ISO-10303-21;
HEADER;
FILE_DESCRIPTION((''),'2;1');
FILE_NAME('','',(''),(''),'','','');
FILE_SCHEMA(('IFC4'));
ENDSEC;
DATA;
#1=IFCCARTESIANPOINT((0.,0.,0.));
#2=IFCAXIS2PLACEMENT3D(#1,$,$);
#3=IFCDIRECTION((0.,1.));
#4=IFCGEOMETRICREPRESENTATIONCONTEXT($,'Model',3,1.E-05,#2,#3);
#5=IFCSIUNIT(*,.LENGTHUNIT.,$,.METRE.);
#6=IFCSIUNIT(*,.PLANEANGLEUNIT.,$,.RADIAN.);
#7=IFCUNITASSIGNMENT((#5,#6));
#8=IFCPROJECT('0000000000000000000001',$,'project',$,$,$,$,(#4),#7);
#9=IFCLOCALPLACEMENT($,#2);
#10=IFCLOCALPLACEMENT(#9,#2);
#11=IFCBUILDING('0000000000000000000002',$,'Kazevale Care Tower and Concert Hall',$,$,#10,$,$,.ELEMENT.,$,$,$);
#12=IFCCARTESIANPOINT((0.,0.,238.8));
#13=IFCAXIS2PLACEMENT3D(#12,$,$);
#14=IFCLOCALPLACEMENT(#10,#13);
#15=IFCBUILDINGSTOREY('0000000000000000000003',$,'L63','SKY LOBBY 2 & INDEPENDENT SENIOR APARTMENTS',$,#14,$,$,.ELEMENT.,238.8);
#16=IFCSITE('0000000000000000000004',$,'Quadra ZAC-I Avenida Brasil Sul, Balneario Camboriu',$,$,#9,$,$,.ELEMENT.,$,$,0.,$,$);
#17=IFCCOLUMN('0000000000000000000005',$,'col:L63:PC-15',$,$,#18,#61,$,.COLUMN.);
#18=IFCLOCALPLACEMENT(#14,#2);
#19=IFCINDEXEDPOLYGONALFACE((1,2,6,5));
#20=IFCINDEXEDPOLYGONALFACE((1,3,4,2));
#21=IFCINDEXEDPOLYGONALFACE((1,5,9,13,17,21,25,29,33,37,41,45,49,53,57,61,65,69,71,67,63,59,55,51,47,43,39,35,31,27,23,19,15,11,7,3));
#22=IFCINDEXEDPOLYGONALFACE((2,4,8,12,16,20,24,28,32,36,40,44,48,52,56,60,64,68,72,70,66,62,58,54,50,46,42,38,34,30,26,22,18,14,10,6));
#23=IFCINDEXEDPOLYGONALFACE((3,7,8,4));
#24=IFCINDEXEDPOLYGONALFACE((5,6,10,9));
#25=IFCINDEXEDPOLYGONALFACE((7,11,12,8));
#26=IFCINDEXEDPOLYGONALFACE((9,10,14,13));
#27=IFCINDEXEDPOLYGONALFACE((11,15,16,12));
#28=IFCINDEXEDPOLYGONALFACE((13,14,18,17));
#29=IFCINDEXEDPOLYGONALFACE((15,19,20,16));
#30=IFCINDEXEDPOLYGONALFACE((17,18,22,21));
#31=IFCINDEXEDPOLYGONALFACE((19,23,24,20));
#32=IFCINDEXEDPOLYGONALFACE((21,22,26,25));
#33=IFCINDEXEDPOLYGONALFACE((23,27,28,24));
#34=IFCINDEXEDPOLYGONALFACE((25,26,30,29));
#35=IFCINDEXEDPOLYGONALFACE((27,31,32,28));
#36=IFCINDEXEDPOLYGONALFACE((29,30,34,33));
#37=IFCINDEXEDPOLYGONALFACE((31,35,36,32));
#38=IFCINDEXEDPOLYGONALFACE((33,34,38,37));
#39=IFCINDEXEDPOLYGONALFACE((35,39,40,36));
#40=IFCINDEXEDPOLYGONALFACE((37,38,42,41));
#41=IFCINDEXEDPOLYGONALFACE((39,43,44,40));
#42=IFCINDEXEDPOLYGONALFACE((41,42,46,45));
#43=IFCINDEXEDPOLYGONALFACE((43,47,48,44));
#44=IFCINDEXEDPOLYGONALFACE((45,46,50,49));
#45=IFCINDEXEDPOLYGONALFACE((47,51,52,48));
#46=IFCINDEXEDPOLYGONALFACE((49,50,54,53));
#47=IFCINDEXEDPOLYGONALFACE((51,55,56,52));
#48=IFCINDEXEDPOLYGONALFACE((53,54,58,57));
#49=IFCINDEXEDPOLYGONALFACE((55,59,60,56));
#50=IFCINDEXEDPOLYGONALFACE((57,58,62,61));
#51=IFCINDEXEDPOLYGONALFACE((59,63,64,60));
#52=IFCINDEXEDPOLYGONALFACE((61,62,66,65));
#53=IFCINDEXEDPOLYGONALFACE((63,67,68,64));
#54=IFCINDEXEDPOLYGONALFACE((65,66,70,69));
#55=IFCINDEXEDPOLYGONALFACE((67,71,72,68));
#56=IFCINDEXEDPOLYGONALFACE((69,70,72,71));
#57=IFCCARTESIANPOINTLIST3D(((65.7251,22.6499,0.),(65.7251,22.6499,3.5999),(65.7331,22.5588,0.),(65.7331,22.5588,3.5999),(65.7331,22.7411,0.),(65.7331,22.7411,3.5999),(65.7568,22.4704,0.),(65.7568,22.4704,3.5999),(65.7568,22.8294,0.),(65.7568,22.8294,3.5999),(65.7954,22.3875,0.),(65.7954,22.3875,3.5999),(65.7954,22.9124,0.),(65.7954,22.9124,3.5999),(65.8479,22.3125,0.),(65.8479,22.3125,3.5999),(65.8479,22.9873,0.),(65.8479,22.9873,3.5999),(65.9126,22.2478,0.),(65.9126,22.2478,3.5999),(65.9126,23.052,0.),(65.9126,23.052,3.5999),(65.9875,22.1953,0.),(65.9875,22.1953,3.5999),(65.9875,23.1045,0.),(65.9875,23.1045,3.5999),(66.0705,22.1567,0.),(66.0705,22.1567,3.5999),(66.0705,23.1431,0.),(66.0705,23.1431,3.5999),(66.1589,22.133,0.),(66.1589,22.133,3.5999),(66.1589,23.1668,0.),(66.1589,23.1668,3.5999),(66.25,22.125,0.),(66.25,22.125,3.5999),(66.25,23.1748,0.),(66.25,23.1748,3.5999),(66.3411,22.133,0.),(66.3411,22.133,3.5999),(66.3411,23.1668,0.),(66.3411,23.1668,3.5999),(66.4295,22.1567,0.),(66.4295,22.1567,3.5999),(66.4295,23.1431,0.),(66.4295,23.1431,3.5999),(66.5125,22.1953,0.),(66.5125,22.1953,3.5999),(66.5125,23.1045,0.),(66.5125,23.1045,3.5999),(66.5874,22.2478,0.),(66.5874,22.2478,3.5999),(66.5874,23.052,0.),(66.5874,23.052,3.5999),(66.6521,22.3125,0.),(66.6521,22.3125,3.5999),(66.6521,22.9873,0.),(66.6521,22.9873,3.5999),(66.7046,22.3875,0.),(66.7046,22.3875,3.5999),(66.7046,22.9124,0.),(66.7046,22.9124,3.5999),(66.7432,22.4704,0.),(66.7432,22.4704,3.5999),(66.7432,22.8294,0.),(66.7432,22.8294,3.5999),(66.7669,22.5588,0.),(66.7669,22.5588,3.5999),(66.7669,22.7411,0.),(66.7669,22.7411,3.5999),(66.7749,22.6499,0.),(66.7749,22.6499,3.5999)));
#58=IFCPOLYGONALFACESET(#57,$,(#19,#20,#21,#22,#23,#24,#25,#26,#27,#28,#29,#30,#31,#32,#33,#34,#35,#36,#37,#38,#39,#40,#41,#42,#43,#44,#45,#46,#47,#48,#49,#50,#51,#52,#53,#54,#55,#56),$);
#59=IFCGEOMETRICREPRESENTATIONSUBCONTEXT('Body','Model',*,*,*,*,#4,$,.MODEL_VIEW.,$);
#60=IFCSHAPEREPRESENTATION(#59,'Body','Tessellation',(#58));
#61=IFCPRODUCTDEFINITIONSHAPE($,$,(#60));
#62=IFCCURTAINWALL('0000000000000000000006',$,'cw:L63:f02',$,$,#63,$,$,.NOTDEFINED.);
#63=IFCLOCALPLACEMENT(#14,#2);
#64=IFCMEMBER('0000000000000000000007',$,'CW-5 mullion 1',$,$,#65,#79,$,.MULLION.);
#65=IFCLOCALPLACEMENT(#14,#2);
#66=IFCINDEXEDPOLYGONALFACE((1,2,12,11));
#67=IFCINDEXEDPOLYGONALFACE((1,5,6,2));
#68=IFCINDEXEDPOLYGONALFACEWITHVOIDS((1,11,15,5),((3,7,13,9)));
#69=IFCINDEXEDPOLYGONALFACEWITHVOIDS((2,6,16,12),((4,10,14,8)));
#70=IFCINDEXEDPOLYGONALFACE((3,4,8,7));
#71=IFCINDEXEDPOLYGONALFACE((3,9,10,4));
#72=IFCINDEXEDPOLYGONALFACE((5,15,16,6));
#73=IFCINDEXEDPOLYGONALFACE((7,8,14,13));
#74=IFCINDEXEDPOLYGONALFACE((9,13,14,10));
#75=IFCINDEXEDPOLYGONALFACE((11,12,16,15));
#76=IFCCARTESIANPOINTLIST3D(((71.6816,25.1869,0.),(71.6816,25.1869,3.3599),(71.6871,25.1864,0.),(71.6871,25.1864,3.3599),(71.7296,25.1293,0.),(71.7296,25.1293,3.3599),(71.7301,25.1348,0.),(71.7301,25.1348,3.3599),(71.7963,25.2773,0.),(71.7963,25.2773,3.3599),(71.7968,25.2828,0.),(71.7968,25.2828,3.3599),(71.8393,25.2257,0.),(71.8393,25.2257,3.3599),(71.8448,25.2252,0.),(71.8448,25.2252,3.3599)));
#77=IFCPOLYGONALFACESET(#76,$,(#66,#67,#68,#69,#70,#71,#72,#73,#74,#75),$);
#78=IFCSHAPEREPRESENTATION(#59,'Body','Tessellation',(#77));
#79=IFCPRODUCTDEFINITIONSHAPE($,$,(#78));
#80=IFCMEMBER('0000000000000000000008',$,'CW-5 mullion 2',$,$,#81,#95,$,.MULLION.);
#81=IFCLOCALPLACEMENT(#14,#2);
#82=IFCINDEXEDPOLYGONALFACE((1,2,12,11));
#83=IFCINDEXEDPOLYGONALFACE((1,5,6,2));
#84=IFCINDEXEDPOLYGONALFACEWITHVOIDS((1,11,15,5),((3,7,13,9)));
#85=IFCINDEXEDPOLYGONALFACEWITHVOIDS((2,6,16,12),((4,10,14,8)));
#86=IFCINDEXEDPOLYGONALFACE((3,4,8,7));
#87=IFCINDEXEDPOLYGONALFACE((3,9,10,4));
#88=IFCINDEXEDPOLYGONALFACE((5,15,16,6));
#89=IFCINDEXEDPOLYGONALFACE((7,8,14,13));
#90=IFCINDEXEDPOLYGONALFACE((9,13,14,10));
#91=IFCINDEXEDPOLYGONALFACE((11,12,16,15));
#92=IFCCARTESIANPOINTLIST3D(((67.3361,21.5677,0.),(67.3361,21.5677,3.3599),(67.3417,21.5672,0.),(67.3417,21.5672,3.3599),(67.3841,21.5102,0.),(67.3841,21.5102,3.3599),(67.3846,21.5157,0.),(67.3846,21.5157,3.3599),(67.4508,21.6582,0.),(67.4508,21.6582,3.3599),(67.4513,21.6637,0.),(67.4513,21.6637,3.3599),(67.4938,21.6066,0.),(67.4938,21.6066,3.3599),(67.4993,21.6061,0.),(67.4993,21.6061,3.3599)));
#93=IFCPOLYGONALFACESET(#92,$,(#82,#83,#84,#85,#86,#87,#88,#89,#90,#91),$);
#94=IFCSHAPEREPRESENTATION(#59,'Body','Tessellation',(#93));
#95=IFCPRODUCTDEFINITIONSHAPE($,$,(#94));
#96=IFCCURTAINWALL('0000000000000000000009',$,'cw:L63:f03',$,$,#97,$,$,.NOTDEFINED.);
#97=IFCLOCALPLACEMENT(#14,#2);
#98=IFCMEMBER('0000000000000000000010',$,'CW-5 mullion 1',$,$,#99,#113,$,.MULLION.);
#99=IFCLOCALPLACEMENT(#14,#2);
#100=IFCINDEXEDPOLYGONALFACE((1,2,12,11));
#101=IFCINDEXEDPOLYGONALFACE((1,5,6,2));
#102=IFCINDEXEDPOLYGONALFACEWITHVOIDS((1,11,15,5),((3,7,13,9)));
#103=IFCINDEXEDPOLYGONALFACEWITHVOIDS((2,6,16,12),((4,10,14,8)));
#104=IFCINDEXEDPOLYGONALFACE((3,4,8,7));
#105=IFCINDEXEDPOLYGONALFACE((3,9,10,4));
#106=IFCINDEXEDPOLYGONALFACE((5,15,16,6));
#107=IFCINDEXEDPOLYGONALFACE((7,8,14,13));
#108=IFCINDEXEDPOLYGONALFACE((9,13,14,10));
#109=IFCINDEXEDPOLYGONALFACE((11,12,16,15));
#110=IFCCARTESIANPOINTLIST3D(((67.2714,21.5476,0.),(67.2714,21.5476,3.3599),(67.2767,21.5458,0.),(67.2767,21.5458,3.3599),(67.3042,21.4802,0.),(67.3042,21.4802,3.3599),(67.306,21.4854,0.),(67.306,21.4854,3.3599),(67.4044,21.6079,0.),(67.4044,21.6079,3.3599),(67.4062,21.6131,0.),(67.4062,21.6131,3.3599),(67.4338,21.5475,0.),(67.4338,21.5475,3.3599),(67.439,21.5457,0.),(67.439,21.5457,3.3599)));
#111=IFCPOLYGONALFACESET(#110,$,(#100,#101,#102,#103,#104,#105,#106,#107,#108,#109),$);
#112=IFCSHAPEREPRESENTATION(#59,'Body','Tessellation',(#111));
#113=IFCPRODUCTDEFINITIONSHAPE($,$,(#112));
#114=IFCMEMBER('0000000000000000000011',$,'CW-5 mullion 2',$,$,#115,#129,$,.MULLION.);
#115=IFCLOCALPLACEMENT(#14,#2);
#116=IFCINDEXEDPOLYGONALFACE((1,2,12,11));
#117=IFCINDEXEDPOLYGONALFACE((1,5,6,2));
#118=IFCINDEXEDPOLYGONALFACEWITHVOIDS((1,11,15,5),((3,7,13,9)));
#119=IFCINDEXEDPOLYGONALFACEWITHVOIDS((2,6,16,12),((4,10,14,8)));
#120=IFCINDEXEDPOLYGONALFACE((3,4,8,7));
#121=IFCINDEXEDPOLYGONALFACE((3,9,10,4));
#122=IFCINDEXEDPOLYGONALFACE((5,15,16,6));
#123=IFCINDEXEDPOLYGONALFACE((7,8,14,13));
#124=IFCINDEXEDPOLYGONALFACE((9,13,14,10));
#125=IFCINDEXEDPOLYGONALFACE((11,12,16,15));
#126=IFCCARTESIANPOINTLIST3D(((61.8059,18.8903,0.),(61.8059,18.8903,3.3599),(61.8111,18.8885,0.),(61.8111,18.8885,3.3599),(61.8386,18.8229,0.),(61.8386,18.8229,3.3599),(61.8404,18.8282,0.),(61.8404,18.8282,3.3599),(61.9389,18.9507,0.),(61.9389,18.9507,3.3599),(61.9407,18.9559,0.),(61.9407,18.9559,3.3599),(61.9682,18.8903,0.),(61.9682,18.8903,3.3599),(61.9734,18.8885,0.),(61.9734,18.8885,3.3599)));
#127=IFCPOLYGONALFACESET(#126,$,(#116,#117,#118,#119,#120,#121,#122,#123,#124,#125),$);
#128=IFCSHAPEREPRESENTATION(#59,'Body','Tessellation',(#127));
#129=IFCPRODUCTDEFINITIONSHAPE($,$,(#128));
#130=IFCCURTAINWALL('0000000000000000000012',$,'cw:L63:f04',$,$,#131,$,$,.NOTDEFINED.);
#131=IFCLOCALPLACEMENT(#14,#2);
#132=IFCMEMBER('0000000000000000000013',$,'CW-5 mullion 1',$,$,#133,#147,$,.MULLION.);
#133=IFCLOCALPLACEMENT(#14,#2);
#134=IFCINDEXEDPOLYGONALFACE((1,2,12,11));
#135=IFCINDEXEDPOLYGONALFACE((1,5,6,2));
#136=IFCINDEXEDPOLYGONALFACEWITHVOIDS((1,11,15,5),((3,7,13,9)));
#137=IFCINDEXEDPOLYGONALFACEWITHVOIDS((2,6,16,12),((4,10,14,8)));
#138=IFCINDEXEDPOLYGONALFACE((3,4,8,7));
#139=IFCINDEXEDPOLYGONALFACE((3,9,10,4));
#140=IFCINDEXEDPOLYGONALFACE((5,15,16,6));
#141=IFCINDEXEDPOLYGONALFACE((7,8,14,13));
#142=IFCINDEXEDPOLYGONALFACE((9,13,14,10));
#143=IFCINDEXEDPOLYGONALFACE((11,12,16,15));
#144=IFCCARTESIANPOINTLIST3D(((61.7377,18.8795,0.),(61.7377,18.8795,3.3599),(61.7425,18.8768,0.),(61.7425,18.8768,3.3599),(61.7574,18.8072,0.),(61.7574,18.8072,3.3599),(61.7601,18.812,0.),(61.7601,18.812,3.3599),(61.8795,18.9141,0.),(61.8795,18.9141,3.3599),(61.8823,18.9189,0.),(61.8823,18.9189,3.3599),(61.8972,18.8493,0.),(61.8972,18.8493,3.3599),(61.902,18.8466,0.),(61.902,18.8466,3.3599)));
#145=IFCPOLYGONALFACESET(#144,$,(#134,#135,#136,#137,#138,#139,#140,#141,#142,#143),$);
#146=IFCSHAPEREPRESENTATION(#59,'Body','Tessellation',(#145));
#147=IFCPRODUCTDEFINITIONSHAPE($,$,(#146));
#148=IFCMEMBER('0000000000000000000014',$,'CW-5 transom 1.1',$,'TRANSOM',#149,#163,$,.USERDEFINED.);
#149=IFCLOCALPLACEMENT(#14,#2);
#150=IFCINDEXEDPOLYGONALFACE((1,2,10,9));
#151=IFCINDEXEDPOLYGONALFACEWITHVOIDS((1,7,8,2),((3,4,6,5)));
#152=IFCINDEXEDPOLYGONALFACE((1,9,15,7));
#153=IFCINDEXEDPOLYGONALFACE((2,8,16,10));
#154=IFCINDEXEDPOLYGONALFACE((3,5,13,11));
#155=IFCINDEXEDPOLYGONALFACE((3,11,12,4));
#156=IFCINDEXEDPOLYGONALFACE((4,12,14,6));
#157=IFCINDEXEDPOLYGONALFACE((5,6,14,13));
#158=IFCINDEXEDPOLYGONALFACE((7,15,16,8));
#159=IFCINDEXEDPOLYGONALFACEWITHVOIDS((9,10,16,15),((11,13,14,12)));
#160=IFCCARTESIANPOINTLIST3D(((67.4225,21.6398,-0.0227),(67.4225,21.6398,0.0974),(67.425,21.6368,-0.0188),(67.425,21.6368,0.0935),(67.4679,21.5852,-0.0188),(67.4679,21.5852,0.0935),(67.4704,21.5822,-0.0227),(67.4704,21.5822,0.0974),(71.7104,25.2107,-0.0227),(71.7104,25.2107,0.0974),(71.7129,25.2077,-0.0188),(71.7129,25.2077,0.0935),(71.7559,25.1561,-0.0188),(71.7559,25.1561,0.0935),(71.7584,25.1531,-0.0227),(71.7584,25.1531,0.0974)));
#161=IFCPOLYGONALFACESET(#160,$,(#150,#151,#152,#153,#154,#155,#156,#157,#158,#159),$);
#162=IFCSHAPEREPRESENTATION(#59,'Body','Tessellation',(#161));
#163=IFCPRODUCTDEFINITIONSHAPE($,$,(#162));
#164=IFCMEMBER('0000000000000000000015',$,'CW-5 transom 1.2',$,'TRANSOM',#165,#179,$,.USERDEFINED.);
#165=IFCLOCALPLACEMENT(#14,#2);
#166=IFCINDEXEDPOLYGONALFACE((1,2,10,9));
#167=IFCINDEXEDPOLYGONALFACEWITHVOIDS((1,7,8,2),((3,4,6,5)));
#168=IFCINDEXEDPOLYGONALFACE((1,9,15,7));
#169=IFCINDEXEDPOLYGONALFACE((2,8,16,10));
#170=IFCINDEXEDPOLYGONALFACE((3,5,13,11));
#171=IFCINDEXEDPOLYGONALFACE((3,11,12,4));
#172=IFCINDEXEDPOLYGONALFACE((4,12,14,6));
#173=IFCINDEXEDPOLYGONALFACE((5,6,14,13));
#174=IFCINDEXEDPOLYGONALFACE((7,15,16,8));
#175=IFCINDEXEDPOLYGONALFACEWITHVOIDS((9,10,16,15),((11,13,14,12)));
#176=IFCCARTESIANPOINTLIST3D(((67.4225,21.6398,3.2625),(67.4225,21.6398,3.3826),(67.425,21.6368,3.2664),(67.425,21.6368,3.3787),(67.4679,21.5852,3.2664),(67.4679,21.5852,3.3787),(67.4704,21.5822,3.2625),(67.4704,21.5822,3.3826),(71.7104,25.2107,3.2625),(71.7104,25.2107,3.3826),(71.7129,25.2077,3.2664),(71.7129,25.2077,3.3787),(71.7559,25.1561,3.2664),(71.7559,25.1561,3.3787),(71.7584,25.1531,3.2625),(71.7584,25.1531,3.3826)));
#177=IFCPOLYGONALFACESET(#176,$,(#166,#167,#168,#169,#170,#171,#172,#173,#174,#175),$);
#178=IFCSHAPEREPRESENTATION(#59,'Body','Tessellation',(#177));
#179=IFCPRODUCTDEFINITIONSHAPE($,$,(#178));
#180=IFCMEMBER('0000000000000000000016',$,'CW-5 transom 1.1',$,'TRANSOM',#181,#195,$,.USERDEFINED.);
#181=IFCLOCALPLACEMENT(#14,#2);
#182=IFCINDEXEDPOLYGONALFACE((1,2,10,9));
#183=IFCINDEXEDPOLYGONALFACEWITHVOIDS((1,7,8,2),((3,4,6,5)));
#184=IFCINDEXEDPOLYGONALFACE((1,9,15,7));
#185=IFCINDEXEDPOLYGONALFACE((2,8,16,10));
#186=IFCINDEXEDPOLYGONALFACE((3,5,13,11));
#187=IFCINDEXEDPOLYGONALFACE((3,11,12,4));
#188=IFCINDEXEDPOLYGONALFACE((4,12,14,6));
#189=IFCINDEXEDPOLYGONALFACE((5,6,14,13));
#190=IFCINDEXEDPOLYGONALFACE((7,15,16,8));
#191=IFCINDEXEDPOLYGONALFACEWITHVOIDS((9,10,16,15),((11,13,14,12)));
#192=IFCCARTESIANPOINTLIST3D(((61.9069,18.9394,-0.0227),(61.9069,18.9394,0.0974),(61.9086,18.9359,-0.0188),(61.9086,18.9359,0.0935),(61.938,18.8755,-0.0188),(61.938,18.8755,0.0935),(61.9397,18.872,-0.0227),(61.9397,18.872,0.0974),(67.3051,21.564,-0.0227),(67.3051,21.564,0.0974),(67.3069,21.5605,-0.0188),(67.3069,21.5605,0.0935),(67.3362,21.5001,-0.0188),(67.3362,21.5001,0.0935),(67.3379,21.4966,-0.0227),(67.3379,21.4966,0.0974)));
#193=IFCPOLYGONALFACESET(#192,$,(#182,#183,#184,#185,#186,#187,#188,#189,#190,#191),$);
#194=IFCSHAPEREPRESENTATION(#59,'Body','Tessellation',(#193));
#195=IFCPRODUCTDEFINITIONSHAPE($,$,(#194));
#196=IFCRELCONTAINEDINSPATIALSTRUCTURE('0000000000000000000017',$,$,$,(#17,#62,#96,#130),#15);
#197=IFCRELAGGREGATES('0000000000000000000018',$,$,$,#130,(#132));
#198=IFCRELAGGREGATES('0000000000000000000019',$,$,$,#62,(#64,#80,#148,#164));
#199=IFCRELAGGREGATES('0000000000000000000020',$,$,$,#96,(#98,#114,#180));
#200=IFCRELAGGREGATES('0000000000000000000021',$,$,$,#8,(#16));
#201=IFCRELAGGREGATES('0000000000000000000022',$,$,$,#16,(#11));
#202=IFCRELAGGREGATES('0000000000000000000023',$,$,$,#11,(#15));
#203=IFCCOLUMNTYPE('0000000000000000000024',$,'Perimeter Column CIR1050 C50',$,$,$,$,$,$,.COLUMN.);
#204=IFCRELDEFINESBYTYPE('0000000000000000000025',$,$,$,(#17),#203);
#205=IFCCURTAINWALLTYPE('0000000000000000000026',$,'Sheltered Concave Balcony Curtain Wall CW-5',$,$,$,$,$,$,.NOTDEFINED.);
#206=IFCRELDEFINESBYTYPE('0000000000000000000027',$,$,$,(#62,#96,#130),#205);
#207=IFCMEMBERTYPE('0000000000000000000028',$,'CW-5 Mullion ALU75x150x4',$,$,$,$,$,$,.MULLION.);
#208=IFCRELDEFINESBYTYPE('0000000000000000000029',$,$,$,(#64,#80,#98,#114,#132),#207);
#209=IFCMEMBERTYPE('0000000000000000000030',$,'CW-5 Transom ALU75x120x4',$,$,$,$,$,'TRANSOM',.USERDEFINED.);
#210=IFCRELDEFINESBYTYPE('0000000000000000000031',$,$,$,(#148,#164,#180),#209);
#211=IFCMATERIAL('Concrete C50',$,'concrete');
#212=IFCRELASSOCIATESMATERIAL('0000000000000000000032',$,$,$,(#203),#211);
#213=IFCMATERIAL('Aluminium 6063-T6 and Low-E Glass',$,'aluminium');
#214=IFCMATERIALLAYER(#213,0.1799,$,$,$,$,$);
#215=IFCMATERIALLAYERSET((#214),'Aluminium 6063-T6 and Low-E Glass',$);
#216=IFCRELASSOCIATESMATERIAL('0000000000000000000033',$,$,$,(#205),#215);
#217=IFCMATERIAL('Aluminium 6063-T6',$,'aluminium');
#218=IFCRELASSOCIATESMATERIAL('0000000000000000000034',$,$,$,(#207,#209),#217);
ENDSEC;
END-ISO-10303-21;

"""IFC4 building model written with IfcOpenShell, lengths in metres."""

from ifc_helpers import new_model, si_unit, direction, frame, origin, origin_2d, place, context, subcontext, project, spatial, hollow_rectangle, circle, extrude, material, layer, layer_set, material_profile, profile_set, type_object, element, aggregate, save


model = new_model("IFC4")

# Units and contexts
model_context = context("Model", 3, precision=1e-05, world=origin(), true_north=direction((0.0, 1.0)))
body_context = subcontext(model_context, "Body", "Model", "MODEL_VIEW")
ifc_project = project(units=[si_unit("LENGTHUNIT", "METRE"), si_unit("PLANEANGLEUNIT", "RADIAN")], contexts=[model_context])

# Site, building, storey
site_placement = place(None, origin())
site = spatial("IfcSite", under=ifc_project, at=site_placement, Name="Quadra ZAC-I Avenida Brasil Sul, Balneario Camboriu", CompositionType="ELEMENT", RefElevation=0.0)
building_placement = place(site_placement, origin())
building = spatial("IfcBuilding", under=site, at=building_placement, Name="Kazevale Care Tower and Concert Hall", CompositionType="ELEMENT")
storey_placement = place(building_placement, frame((0.0, 0.0, 238.8)))
storey = spatial("IfcBuildingStorey", under=building, at=storey_placement, Name="L63", Description="SKY LOBBY 2 & INDEPENDENT SENIOR APARTMENTS", CompositionType="ELEMENT", Elevation=238.8)

# Column
ifc_material_1 = material(Name="Concrete C50", Category="concrete")
ifc_material_profile_1 = material_profile(ifc_material_1, circle(Radius=0.5249, at=origin_2d()), Name="RC-CIR1050")
ifc_profile_set_1 = profile_set([ifc_material_profile_1], Name="Concrete C50")
column_type = type_object("IfcColumnType", Name="Perimeter Column CIR1050 C50", PredefinedType="COLUMN", material=ifc_profile_set_1)
column_placement = place(storey_placement, frame((66.25, 22.6499, 0.0), z_axis=(0.0, 0.0, 1.0), x_axis=(1.0, 0.0, 0.0)))
element("IfcColumn", 1, at=column_placement, inside=storey, type_object=column_type, Name="col:L63:PC-15", PredefinedType="COLUMN", context=body_context, shape_type="SweptSolid", body=[
    extrude(circle(Radius=0.5249, at=origin_2d()), origin(), (0.0, 0.0, 1.0), 3.5999),
])

# Curtain walls, members
ifc_material_2 = material(Name="Aluminium 6063-T6 and Low-E Glass", Category="aluminium")
ifc_layer_1 = layer(ifc_material_2, 0.1799)
ifc_layer_set_1 = layer_set([ifc_layer_1], Name="Aluminium 6063-T6 and Low-E Glass")
curtain_wall_type = type_object("IfcCurtainWallType", Name="Sheltered Concave Balcony Curtain Wall CW-5", PredefinedType="NOTDEFINED", material=ifc_layer_set_1)
curtain_wall_1_placement = place(storey_placement, origin())
curtain_wall_1 = element("IfcCurtainWall", 2, at=curtain_wall_1_placement, inside=storey, type_object=curtain_wall_type, Name="cw:L63:f02", PredefinedType="NOTDEFINED")
ifc_material_3 = material(Name="Aluminium 6063-T6", Category="aluminium")
ifc_material_profile_2 = material_profile(ifc_material_3, hollow_rectangle(XDim=0.075, YDim=0.1499, WallThickness=0.0039, at=origin_2d()), Name="ALU75x150x4")
ifc_profile_set_2 = profile_set([ifc_material_profile_2], Name="Aluminium 6063-T6")
member_type_1 = type_object("IfcMemberType", Name="CW-5 Mullion ALU75x150x4", PredefinedType="MULLION", material=ifc_profile_set_2)
member_1_placement = place(storey_placement, frame((71.7632, 25.2061, 0.0), z_axis=(0.0, 0.0, 1.0), x_axis=(0.639961, -0.768407, 0.0)))
member_1 = element("IfcMember", 3, at=member_1_placement, type_object=member_type_1, Name="CW-5 mullion 1", PredefinedType="MULLION", context=body_context, shape_type="SweptSolid", body=[
    extrude(hollow_rectangle(XDim=0.075, YDim=0.1499, WallThickness=0.0039, at=origin_2d()), origin(), (0.0, 0.0, 1.0), 3.3599),
])
member_2_placement = place(storey_placement, frame((67.4177, 21.5869, 0.0), z_axis=(0.0, 0.0, 1.0), x_axis=(0.639961, -0.768407, 0.0)))
member_2 = element("IfcMember", 4, at=member_2_placement, type_object=member_type_1, Name="CW-5 mullion 2", PredefinedType="MULLION", context=body_context, shape_type="SweptSolid", body=[
    extrude(hollow_rectangle(XDim=0.075, YDim=0.1499, WallThickness=0.0039, at=origin_2d()), origin(), (0.0, 0.0, 1.0), 3.3599),
])
curtain_wall_2_placement = place(storey_placement, origin())
curtain_wall_2 = element("IfcCurtainWall", 5, at=curtain_wall_2_placement, inside=storey, type_object=curtain_wall_type, Name="cw:L63:f03", PredefinedType="NOTDEFINED")
member_3_placement = place(storey_placement, frame((67.3552, 21.5466, 0.0), z_axis=(0.0, 0.0, 1.0), x_axis=(0.437238, -0.899346, 0.0)))
member_3 = element("IfcMember", 6, at=member_3_placement, type_object=member_type_1, Name="CW-5 mullion 1", PredefinedType="MULLION", context=body_context, shape_type="SweptSolid", body=[
    extrude(hollow_rectangle(XDim=0.075, YDim=0.1499, WallThickness=0.0039, at=origin_2d()), origin(), (0.0, 0.0, 1.0), 3.3599),
])
member_4_placement = place(storey_placement, frame((61.8896, 18.8894, 0.0), z_axis=(0.0, 0.0, 1.0), x_axis=(0.437238, -0.899346, 0.0)))
member_4 = element("IfcMember", 7, at=member_4_placement, type_object=member_type_1, Name="CW-5 mullion 2", PredefinedType="MULLION", context=body_context, shape_type="SweptSolid", body=[
    extrude(hollow_rectangle(XDim=0.075, YDim=0.1499, WallThickness=0.0039, at=origin_2d()), origin(), (0.0, 0.0, 1.0), 3.3599),
])

# Curtain wall, member
curtain_wall_3_placement = place(storey_placement, origin())
curtain_wall_3 = element("IfcCurtainWall", 8, at=curtain_wall_3_placement, inside=storey, type_object=curtain_wall_type, Name="cw:L63:f04", PredefinedType="NOTDEFINED")
member_5_placement = place(storey_placement, frame((61.8198, 18.863, 0.0), z_axis=(0.0, 0.0, 1.0), x_axis=(0.262849, -0.964837, 0.0)))
member_5 = element("IfcMember", 9, at=member_5_placement, type_object=member_type_1, Name="CW-5 mullion 1", PredefinedType="MULLION", context=body_context, shape_type="SweptSolid", body=[
    extrude(hollow_rectangle(XDim=0.075, YDim=0.1499, WallThickness=0.0039, at=origin_2d()), origin(), (0.0, 0.0, 1.0), 3.3599),
])

# Members
ifc_material_profile_3 = material_profile(ifc_material_3, hollow_rectangle(XDim=0.075, YDim=0.1201, WallThickness=0.0039, at=origin_2d()), Name="ALU75x120x4")
ifc_profile_set_3 = profile_set([ifc_material_profile_3], Name="Aluminium 6063-T6")
member_type_2 = type_object("IfcMemberType", Name="CW-5 Transom ALU75x120x4", ElementType="TRANSOM", PredefinedType="USERDEFINED", material=ifc_profile_set_3)
member_6_placement = place(storey_placement, frame((71.7344, 25.1819, 0.0374), z_axis=(-0.768433, -0.63993, 0.0), x_axis=(0.63993, -0.768433, 0.0)))
member_6 = element("IfcMember", 10, at=member_6_placement, type_object=member_type_2, Name="CW-5 transom 1.1", ObjectType="TRANSOM", PredefinedType="USERDEFINED", context=body_context, shape_type="SweptSolid", body=[
    extrude(hollow_rectangle(XDim=0.075, YDim=0.1201, WallThickness=0.0039, at=origin_2d()), origin(), (0.0, 0.0, 1.0), 5.5801),
])
member_7_placement = place(storey_placement, frame((71.7344, 25.1819, 3.3225), z_axis=(-0.768433, -0.63993, 0.0), x_axis=(0.63993, -0.768433, 0.0)))
member_7 = element("IfcMember", 11, at=member_7_placement, type_object=member_type_2, Name="CW-5 transom 1.2", ObjectType="TRANSOM", PredefinedType="USERDEFINED", context=body_context, shape_type="SweptSolid", body=[
    extrude(hollow_rectangle(XDim=0.075, YDim=0.1201, WallThickness=0.0039, at=origin_2d()), origin(), (0.0, 0.0, 1.0), 5.5801),
])
member_8_placement = place(storey_placement, frame((67.3215, 21.5303, 0.0374), z_axis=(-0.899342, -0.437245, 0.0), x_axis=(0.437245, -0.899342, 0.0)))
member_8 = element("IfcMember", 12, at=member_8_placement, type_object=member_type_2, Name="CW-5 transom 1.1", ObjectType="TRANSOM", PredefinedType="USERDEFINED", context=body_context, shape_type="SweptSolid", body=[
    extrude(hollow_rectangle(XDim=0.075, YDim=0.1201, WallThickness=0.0039, at=origin_2d()), origin(), (0.0, 0.0, 1.0), 6.0024),
])
aggregate(curtain_wall_3, [member_5])

aggregate(curtain_wall_1, [member_1, member_2, member_6, member_7])
aggregate(curtain_wall_2, [member_3, member_4, member_8])

save(model, "model.ifc")
